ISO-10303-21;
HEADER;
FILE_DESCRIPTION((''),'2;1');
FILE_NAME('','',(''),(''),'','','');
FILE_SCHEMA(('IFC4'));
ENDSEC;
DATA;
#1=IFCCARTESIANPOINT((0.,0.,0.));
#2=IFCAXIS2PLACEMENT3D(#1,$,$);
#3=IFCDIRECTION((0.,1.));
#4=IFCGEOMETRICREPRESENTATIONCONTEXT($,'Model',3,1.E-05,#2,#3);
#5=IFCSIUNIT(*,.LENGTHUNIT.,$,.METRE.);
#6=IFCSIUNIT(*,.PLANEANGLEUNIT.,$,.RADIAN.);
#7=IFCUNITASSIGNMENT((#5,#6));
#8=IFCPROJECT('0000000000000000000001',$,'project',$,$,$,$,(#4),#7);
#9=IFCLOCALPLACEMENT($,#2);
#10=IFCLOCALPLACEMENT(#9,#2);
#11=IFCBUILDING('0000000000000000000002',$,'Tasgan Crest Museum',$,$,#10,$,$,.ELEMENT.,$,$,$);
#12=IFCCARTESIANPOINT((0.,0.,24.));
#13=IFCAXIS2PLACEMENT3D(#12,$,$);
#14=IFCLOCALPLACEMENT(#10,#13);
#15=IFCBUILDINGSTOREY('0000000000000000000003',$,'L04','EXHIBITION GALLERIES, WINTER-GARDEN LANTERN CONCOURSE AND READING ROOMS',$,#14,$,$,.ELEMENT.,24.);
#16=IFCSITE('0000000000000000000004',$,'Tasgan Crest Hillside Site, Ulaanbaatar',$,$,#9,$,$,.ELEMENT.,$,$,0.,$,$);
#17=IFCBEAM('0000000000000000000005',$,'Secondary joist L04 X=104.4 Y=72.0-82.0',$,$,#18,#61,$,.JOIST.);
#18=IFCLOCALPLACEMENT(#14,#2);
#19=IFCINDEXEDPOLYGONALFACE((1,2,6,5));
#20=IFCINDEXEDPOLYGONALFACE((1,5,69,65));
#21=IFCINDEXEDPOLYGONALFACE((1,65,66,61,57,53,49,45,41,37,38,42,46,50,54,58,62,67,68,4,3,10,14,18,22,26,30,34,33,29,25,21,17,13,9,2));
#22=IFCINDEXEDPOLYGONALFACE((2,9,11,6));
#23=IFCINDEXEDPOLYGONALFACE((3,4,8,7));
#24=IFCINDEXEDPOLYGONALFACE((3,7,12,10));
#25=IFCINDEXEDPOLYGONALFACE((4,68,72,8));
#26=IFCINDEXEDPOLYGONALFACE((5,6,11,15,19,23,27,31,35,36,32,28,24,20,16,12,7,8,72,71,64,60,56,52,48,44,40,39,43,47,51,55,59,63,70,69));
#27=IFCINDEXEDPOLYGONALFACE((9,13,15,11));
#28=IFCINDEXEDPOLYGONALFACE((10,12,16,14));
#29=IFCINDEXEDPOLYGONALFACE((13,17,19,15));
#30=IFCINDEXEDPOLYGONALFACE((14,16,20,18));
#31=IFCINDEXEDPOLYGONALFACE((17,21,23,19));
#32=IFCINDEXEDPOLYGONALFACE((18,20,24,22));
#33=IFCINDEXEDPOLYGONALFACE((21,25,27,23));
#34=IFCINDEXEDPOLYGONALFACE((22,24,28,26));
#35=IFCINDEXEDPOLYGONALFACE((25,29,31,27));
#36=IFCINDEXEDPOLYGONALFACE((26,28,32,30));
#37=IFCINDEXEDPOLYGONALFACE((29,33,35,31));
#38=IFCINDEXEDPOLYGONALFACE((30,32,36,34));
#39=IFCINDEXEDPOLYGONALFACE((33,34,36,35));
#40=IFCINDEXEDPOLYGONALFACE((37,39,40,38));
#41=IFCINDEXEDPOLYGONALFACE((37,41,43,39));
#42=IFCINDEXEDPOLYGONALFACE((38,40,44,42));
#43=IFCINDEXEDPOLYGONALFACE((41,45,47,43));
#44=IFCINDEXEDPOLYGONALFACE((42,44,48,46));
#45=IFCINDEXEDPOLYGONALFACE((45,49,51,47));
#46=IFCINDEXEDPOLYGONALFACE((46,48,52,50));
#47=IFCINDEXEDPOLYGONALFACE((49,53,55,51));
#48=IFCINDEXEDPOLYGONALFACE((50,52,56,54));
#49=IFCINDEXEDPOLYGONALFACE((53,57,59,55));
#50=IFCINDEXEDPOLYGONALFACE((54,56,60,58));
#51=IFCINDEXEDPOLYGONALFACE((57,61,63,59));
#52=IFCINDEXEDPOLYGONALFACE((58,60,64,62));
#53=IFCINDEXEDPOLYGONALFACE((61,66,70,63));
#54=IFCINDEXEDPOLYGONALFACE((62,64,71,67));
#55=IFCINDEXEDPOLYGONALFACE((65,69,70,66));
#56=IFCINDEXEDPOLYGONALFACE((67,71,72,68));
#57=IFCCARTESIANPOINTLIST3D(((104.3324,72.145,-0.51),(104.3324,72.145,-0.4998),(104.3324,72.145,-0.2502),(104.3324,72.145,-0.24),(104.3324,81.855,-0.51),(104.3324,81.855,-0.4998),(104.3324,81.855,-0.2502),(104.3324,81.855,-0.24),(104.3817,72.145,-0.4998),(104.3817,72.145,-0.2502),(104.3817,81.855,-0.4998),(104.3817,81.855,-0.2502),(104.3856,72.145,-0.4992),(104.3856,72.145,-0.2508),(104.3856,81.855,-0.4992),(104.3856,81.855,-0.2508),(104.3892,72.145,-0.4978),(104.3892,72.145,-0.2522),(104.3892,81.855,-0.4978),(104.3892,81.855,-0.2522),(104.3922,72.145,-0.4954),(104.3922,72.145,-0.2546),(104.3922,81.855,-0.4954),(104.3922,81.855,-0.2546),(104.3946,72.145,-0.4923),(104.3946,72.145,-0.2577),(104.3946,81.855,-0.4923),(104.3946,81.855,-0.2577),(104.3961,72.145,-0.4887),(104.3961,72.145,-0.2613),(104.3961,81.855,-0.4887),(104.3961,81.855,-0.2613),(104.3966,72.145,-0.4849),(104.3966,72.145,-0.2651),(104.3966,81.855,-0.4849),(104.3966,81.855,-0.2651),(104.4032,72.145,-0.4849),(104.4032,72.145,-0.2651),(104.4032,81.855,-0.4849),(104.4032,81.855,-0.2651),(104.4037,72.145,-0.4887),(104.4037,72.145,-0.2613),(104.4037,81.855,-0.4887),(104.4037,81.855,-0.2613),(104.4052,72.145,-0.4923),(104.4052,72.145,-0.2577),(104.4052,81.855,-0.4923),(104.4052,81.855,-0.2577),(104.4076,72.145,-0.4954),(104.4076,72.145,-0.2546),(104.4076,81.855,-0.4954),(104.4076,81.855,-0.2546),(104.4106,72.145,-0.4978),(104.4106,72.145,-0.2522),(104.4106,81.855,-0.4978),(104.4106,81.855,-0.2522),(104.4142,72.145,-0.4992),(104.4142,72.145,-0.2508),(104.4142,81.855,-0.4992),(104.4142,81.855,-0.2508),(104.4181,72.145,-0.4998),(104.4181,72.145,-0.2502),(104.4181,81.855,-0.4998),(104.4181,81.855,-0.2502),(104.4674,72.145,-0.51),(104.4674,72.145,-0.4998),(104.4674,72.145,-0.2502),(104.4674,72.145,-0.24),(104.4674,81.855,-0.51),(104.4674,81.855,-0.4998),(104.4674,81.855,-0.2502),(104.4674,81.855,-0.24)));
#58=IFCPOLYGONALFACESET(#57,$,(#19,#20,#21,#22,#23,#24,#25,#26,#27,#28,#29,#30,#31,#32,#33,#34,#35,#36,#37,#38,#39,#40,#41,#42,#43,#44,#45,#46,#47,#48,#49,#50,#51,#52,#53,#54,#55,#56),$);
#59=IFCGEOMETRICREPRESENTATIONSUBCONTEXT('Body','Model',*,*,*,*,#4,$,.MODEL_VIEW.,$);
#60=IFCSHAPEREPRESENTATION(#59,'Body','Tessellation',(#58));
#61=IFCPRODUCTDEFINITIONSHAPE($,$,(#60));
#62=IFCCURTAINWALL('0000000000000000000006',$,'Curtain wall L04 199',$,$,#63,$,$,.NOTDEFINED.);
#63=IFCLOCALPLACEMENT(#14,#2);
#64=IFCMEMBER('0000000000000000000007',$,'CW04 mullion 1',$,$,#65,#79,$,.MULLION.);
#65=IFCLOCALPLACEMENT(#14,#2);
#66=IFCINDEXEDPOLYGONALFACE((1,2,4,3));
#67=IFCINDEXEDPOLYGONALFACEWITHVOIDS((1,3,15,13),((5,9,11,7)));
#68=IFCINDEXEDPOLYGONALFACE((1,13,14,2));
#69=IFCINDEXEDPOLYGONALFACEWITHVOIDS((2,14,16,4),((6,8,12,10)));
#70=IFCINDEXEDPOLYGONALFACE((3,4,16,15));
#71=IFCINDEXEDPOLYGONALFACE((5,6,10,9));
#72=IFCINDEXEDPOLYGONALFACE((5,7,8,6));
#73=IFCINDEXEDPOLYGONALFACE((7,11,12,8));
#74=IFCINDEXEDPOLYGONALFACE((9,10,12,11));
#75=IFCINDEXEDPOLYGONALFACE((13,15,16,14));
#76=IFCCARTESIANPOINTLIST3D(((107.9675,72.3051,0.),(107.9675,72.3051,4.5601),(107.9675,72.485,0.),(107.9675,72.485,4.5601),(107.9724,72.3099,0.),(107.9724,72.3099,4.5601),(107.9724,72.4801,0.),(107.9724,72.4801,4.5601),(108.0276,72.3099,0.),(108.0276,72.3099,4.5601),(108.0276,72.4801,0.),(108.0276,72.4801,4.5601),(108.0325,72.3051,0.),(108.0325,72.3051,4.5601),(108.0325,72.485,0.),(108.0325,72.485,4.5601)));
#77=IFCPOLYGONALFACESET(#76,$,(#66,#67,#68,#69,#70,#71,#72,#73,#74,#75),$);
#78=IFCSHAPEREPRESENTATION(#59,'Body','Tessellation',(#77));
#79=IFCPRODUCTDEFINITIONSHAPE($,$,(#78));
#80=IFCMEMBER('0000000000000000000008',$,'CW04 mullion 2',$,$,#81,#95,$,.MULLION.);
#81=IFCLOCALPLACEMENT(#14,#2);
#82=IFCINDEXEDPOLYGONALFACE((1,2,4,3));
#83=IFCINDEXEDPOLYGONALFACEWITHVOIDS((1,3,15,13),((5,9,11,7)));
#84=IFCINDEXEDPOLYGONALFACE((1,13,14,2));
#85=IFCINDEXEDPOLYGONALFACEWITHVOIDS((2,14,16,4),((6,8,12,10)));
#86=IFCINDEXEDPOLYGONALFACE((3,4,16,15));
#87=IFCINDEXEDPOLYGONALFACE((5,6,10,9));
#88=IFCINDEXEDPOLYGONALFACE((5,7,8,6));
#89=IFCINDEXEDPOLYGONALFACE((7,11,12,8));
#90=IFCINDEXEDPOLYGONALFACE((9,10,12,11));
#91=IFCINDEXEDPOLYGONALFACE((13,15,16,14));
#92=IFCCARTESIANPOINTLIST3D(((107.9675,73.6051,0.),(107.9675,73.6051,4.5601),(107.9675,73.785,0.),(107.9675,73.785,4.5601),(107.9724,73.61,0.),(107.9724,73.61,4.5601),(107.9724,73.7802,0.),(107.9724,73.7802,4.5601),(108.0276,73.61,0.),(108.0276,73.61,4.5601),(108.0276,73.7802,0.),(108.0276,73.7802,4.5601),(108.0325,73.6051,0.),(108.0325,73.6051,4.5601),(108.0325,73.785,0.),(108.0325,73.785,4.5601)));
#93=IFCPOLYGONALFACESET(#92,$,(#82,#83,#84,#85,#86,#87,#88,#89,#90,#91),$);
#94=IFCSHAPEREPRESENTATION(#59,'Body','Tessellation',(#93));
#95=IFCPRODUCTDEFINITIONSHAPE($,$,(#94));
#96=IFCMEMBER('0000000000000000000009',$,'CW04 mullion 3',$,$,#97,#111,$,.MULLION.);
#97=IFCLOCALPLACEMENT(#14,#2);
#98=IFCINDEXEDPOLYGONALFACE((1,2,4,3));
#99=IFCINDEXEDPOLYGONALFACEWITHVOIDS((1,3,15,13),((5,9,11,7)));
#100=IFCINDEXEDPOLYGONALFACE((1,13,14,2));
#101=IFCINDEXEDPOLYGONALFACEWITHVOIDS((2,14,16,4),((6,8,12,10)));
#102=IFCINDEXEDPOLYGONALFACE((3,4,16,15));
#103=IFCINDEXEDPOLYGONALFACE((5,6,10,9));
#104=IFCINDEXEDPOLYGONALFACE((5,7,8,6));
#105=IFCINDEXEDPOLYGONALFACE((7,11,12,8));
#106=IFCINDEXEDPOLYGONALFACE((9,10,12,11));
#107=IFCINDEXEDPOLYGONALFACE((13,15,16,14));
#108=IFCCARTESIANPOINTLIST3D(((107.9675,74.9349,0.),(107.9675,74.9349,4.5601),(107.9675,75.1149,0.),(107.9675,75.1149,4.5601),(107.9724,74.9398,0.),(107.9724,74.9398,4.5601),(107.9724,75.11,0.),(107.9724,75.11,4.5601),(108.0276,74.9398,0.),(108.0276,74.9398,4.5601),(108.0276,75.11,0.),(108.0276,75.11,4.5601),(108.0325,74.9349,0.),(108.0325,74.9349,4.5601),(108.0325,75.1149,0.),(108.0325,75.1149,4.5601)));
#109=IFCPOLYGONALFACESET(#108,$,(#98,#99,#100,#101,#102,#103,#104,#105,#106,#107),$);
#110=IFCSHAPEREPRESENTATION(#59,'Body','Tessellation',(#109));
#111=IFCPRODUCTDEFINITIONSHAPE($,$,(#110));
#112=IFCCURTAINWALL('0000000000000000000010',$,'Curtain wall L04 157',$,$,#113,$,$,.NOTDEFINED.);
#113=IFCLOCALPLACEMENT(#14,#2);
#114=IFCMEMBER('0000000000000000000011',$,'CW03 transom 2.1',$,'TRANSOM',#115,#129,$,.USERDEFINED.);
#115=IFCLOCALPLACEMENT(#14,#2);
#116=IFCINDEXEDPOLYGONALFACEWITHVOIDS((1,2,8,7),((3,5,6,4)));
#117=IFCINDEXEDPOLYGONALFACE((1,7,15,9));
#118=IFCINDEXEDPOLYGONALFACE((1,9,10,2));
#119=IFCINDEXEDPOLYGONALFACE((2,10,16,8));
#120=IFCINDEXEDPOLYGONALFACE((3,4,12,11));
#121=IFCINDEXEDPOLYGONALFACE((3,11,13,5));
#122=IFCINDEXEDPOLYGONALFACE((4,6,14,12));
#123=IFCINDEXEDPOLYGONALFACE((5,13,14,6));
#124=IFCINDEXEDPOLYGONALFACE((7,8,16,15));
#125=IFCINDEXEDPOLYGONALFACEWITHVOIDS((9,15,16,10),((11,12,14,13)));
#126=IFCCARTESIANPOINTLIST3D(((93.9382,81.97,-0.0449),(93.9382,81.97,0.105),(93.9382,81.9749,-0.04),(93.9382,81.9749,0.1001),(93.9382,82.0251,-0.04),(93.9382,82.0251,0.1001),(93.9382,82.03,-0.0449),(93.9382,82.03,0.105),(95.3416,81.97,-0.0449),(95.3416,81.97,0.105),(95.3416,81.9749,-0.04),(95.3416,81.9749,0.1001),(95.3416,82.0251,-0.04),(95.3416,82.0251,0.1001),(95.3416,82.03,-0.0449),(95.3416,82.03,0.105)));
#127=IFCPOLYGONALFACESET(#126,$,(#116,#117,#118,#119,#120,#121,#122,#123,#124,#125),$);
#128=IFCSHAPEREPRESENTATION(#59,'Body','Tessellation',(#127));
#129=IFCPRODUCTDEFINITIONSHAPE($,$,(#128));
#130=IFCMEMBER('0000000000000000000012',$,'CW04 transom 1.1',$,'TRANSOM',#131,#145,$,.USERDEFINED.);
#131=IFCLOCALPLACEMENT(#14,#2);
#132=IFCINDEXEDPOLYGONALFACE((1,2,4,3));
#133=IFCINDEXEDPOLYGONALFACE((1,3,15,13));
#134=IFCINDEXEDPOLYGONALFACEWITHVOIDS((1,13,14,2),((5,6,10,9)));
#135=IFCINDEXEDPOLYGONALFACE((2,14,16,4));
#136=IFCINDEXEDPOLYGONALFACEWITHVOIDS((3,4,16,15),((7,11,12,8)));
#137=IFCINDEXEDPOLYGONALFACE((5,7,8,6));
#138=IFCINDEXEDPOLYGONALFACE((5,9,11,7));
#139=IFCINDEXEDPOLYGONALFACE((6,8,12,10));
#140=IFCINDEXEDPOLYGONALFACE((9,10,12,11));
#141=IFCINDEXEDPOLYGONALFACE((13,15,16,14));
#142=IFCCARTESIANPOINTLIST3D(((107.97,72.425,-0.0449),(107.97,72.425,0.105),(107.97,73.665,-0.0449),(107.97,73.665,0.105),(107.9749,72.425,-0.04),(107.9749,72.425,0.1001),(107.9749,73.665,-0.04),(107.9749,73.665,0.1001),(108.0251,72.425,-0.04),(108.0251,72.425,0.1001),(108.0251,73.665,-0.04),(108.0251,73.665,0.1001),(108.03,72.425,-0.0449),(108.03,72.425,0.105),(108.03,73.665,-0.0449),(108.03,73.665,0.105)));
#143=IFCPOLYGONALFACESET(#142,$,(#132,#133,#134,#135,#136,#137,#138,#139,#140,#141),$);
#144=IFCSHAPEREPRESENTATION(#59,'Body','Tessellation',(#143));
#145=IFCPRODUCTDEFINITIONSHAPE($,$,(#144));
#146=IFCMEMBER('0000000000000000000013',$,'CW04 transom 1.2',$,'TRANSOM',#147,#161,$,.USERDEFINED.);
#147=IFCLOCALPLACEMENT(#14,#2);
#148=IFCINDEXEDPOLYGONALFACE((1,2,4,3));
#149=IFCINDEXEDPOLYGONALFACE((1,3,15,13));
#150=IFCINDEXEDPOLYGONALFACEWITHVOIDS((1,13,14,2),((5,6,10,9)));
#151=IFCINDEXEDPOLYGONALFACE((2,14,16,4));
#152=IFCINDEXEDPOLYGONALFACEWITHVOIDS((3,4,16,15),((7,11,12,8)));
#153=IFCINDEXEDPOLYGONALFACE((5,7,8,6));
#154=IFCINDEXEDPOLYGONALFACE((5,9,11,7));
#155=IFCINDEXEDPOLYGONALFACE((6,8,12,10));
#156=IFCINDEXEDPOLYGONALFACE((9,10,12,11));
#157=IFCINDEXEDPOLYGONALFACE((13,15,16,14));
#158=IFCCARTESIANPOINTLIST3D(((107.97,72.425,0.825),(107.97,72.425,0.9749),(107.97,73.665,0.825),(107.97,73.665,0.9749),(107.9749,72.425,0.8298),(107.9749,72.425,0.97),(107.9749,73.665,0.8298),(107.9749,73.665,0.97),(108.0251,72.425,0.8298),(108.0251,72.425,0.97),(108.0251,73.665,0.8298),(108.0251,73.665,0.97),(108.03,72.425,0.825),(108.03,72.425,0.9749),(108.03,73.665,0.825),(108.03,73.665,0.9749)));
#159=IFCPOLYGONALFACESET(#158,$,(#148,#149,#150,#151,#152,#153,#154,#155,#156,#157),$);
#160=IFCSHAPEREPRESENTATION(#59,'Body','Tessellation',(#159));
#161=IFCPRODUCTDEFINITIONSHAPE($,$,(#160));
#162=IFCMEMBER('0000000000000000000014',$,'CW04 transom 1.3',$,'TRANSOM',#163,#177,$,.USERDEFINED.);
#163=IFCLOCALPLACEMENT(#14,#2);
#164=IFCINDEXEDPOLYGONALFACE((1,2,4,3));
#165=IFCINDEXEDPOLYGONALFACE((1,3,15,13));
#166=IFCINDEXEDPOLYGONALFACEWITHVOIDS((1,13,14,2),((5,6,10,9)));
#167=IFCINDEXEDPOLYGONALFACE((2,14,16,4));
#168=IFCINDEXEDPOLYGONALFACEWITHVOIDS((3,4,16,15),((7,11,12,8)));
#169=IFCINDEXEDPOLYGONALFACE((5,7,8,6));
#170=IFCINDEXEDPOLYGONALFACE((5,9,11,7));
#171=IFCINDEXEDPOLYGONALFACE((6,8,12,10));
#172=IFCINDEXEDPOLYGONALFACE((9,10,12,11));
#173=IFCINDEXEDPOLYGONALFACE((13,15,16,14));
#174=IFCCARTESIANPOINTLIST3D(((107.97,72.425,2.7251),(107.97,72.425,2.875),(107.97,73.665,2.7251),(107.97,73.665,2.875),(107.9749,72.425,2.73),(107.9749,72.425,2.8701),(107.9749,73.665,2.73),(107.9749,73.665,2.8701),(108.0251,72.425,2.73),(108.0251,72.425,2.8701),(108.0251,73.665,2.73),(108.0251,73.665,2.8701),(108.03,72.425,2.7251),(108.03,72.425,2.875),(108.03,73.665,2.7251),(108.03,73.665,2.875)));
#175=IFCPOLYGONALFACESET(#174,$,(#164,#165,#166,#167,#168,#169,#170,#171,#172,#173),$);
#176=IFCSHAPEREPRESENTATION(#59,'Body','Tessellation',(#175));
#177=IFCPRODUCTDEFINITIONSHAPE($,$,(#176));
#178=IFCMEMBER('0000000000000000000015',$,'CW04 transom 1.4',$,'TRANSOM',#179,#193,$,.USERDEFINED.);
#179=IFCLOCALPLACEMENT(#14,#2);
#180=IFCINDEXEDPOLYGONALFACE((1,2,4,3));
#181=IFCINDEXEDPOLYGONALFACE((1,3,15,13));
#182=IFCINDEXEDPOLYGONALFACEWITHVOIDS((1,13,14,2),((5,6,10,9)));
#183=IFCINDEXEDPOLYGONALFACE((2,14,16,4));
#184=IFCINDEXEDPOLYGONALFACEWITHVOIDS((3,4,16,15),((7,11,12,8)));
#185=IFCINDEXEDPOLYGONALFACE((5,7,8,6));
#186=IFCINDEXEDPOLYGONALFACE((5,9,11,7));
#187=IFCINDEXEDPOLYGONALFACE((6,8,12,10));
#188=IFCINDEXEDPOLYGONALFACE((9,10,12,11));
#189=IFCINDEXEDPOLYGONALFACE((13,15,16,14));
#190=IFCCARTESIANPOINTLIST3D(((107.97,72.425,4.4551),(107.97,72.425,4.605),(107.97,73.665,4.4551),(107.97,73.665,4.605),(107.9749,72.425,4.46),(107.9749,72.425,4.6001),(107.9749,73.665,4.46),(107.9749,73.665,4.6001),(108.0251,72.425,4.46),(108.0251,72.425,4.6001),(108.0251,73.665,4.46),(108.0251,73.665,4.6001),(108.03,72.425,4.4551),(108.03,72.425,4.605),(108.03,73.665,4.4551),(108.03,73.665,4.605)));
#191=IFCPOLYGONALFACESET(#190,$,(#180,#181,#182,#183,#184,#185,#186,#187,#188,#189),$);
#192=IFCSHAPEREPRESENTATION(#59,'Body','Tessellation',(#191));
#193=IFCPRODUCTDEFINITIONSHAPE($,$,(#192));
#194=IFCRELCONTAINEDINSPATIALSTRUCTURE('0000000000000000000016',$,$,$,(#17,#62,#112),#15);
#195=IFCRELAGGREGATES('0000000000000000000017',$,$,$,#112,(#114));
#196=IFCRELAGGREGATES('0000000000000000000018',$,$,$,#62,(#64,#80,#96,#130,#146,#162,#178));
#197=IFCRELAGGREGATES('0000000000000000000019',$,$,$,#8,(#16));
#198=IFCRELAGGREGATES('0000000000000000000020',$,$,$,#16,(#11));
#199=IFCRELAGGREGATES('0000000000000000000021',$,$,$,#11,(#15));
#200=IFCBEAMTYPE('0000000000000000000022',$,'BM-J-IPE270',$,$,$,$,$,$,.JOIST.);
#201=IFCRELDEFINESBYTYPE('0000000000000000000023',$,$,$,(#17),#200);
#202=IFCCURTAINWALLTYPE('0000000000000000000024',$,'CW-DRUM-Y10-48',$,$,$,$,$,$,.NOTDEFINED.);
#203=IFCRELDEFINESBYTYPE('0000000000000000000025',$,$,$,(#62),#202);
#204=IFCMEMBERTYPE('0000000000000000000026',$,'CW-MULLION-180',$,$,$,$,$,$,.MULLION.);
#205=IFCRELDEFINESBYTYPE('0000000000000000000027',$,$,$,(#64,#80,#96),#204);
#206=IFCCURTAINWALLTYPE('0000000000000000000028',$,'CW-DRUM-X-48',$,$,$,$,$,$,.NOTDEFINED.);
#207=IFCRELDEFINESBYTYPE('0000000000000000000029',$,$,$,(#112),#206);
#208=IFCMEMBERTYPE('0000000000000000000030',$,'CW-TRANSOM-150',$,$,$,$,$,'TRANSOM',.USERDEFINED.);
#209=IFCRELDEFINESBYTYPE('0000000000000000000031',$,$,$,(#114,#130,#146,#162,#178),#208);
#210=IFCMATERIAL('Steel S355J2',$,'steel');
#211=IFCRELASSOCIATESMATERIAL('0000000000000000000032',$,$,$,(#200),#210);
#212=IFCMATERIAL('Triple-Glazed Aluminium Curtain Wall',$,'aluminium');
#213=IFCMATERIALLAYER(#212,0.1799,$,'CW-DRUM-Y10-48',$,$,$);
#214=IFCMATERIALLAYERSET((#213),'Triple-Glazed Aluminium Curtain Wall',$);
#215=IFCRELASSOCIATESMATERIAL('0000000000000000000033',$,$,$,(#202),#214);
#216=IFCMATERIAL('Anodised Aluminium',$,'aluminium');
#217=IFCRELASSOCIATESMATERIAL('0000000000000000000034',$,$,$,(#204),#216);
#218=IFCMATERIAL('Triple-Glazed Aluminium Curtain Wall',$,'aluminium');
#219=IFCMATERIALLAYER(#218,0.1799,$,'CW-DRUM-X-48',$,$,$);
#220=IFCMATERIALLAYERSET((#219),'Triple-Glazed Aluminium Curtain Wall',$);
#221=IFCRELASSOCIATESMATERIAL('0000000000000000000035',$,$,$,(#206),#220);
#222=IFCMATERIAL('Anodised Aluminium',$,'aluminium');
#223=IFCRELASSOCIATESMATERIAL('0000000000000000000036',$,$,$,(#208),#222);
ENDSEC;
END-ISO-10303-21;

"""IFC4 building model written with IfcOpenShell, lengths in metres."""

from ifc_helpers import new_model, si_unit, direction, frame, origin, origin_2d, place, context, subcontext, project, spatial, hollow_rectangle, i_section, extrude, material, layer, layer_set, material_profile, profile_set, type_object, element, aggregate, save


model = new_model("IFC4")

# Units and contexts
model_context = context("Model", 3, precision=1e-05, world=origin(), true_north=direction((0.0, 1.0)))
body_context = subcontext(model_context, "Body", "Model", "MODEL_VIEW")
ifc_project = project(units=[si_unit("LENGTHUNIT", "METRE"), si_unit("PLANEANGLEUNIT", "RADIAN")], contexts=[model_context])

# Site, building, storey
site_placement = place(None, origin())
site = spatial("IfcSite", under=ifc_project, at=site_placement, Name="Tasgan Crest Hillside Site, Ulaanbaatar", CompositionType="ELEMENT", RefElevation=0.0)
building_placement = place(site_placement, origin())
building = spatial("IfcBuilding", under=site, at=building_placement, Name="Tasgan Crest Museum", CompositionType="ELEMENT")
storey_placement = place(building_placement, frame((0.0, 0.0, 24.0)))
storey = spatial("IfcBuildingStorey", under=building, at=storey_placement, Name="L04", Description="EXHIBITION GALLERIES, WINTER-GARDEN LANTERN CONCOURSE AND READING ROOMS", CompositionType="ELEMENT", Elevation=24.0)

# Beam
ifc_material_1 = material(Name="Steel S355J2", Category="steel")
ifc_material_profile_1 = material_profile(ifc_material_1, i_section(OverallWidth=0.135, OverallDepth=0.27, WebThickness=0.0066, FlangeThickness=0.0103, FilletRadius=0.0149, at=origin_2d()), Name="IPE 270")
ifc_profile_set_1 = profile_set([ifc_material_profile_1], Name="Steel S355J2")
beam_type_1 = type_object("IfcBeamType", Name="BM-J-IPE270", PredefinedType="JOIST", material=ifc_profile_set_1)
for number, where, z_axis, x_axis, name in (
    (1, (104.3999, 72.145, -0.375), (0.0, 1.0, 0.0), (-1.0, 0.0, 0.0), "Secondary joist L04 X=104.4 Y=72.0-82.0"),
):
    element("IfcBeam", number, at=place(storey_placement, frame(where, z_axis=z_axis, x_axis=x_axis)), inside=storey, type_object=beam_type_1, Name=name, PredefinedType="JOIST", context=body_context, shape_type="SweptSolid", body=[
        extrude(i_section(OverallWidth=0.135, OverallDepth=0.27, WebThickness=0.0066, FlangeThickness=0.0103, FilletRadius=0.0149, at=origin_2d()), origin(), (0.0, 0.0, 1.0), 9.71),
    ])

# Curtain wall, members
ifc_material_2 = material(Name="Triple-Glazed Aluminium Curtain Wall", Category="aluminium")
ifc_layer_1 = layer(ifc_material_2, 0.1799, Name="CW-DRUM-Y10-48")
ifc_layer_set_1 = layer_set([ifc_layer_1], Name="Triple-Glazed Aluminium Curtain Wall")
curtain_wall_type_1 = type_object("IfcCurtainWallType", Name="CW-DRUM-Y10-48", PredefinedType="NOTDEFINED", material=ifc_layer_set_1)
curtain_wall_1_placement = place(storey_placement, origin())
curtain_wall_1 = element("IfcCurtainWall", 2, at=curtain_wall_1_placement, inside=storey, type_object=curtain_wall_type_1, Name="Curtain wall L04 199", PredefinedType="NOTDEFINED")
ifc_material_3 = material(Name="Anodised Aluminium", Category="aluminium")
ifc_material_profile_2 = material_profile(ifc_material_3, hollow_rectangle(XDim=0.0649, YDim=0.1799, WallThickness=0.0049, at=origin_2d()), Name="ALU MULLION 180x65x5")
ifc_profile_set_2 = profile_set([ifc_material_profile_2], Name="Anodised Aluminium")
member_type_1 = type_object("IfcMemberType", Name="CW-MULLION-180", PredefinedType="MULLION", material=ifc_profile_set_2)
member_1_placement = place(storey_placement, frame((108.0, 72.395, 0.0), z_axis=(0.0, 0.0, 1.0), x_axis=(-1.0, 0.0, 0.0)))
member_1 = element("IfcMember", 3, at=member_1_placement, type_object=member_type_1, Name="CW04 mullion 1", PredefinedType="MULLION", context=body_context, shape_type="SweptSolid", body=[
    extrude(hollow_rectangle(XDim=0.0649, YDim=0.1799, WallThickness=0.0049, at=origin_2d()), origin(), (0.0, 0.0, 1.0), 4.5601),
])
member_2_placement = place(storey_placement, frame((108.0, 73.6951, 0.0), z_axis=(0.0, 0.0, 1.0), x_axis=(-1.0, 0.0, 0.0)))
member_2 = element("IfcMember", 4, at=member_2_placement, type_object=member_type_1, Name="CW04 mullion 2", PredefinedType="MULLION", context=body_context, shape_type="SweptSolid", body=[
    extrude(hollow_rectangle(XDim=0.0649, YDim=0.1799, WallThickness=0.0049, at=origin_2d()), origin(), (0.0, 0.0, 1.0), 4.5601),
])
member_3_placement = place(storey_placement, frame((108.0, 75.0249, 0.0), z_axis=(0.0, 0.0, 1.0), x_axis=(-1.0, 0.0, 0.0)))
member_3 = element("IfcMember", 5, at=member_3_placement, type_object=member_type_1, Name="CW04 mullion 3", PredefinedType="MULLION", context=body_context, shape_type="SweptSolid", body=[
    extrude(hollow_rectangle(XDim=0.0649, YDim=0.1799, WallThickness=0.0049, at=origin_2d()), origin(), (0.0, 0.0, 1.0), 4.5601),
])

# Curtain wall, member
ifc_material_4 = material(Name="Triple-Glazed Aluminium Curtain Wall", Category="aluminium")
ifc_layer_2 = layer(ifc_material_4, 0.1799, Name="CW-DRUM-X-48")
ifc_layer_set_2 = layer_set([ifc_layer_2], Name="Triple-Glazed Aluminium Curtain Wall")
curtain_wall_type_2 = type_object("IfcCurtainWallType", Name="CW-DRUM-X-48", PredefinedType="NOTDEFINED", material=ifc_layer_set_2)
curtain_wall_2_placement = place(storey_placement, origin())
curtain_wall_2 = element("IfcCurtainWall", 6, at=curtain_wall_2_placement, inside=storey, type_object=curtain_wall_type_2, Name="Curtain wall L04 157", PredefinedType="NOTDEFINED")
ifc_material_5 = material(Name="Anodised Aluminium", Category="aluminium")
ifc_material_profile_3 = material_profile(ifc_material_5, hollow_rectangle(XDim=0.0601, YDim=0.1499, WallThickness=0.0049, at=origin_2d()), Name="ALU TRANSOM 150x60x5")
ifc_profile_set_3 = profile_set([ifc_material_profile_3], Name="Anodised Aluminium")
member_type_2 = type_object("IfcMemberType", Name="CW-TRANSOM-150", ElementType="TRANSOM", PredefinedType="USERDEFINED", material=ifc_profile_set_3)
member_4_placement = place(storey_placement, frame((95.3416, 82.0, 0.03), z_axis=(-1.0, 0.0, 0.0), x_axis=(0.0, -1.0, 0.0)))
member_4 = element("IfcMember", 7, at=member_4_placement, type_object=member_type_2, Name="CW03 transom 2.1", ObjectType="TRANSOM", PredefinedType="USERDEFINED", context=body_context, shape_type="SweptSolid", body=[
    extrude(hollow_rectangle(XDim=0.0601, YDim=0.1499, WallThickness=0.0049, at=origin_2d()), origin(), (0.0, 0.0, 1.0), 1.4033),
])

# Members
member_5_placement = place(storey_placement, frame((108.0, 72.425, 0.03), z_axis=(0.0, 1.0, 0.0), x_axis=(-1.0, 0.0, 0.0)))
member_5 = element("IfcMember", 8, at=member_5_placement, type_object=member_type_2, Name="CW04 transom 1.1", ObjectType="TRANSOM", PredefinedType="USERDEFINED", context=body_context, shape_type="SweptSolid", body=[
    extrude(hollow_rectangle(XDim=0.0601, YDim=0.1499, WallThickness=0.0049, at=origin_2d()), origin(), (0.0, 0.0, 1.0), 1.24),
])
member_6_placement = place(storey_placement, frame((108.0, 72.425, 0.8999), z_axis=(0.0, 1.0, 0.0), x_axis=(-1.0, 0.0, 0.0)))
member_6 = element("IfcMember", 9, at=member_6_placement, type_object=member_type_2, Name="CW04 transom 1.2", ObjectType="TRANSOM", PredefinedType="USERDEFINED", context=body_context, shape_type="SweptSolid", body=[
    extrude(hollow_rectangle(XDim=0.0601, YDim=0.1499, WallThickness=0.0049, at=origin_2d()), origin(), (0.0, 0.0, 1.0), 1.24),
])
member_7_placement = place(storey_placement, frame((108.0, 72.425, 2.8), z_axis=(0.0, 1.0, 0.0), x_axis=(-1.0, 0.0, 0.0)))
member_7 = element("IfcMember", 10, at=member_7_placement, type_object=member_type_2, Name="CW04 transom 1.3", ObjectType="TRANSOM", PredefinedType="USERDEFINED", context=body_context, shape_type="SweptSolid", body=[
    extrude(hollow_rectangle(XDim=0.0601, YDim=0.1499, WallThickness=0.0049, at=origin_2d()), origin(), (0.0, 0.0, 1.0), 1.24),
])
member_8_placement = place(storey_placement, frame((108.0, 72.425, 4.53), z_axis=(0.0, 1.0, 0.0), x_axis=(-1.0, 0.0, 0.0)))
member_8 = element("IfcMember", 11, at=member_8_placement, type_object=member_type_2, Name="CW04 transom 1.4", ObjectType="TRANSOM", PredefinedType="USERDEFINED", context=body_context, shape_type="SweptSolid", body=[
    extrude(hollow_rectangle(XDim=0.0601, YDim=0.1499, WallThickness=0.0049, at=origin_2d()), origin(), (0.0, 0.0, 1.0), 1.24),
])

aggregate(curtain_wall_2, [member_4])
aggregate(curtain_wall_1, [member_1, member_2, member_3, member_5, member_6, member_7, member_8])

save(model, "model.ifc")
